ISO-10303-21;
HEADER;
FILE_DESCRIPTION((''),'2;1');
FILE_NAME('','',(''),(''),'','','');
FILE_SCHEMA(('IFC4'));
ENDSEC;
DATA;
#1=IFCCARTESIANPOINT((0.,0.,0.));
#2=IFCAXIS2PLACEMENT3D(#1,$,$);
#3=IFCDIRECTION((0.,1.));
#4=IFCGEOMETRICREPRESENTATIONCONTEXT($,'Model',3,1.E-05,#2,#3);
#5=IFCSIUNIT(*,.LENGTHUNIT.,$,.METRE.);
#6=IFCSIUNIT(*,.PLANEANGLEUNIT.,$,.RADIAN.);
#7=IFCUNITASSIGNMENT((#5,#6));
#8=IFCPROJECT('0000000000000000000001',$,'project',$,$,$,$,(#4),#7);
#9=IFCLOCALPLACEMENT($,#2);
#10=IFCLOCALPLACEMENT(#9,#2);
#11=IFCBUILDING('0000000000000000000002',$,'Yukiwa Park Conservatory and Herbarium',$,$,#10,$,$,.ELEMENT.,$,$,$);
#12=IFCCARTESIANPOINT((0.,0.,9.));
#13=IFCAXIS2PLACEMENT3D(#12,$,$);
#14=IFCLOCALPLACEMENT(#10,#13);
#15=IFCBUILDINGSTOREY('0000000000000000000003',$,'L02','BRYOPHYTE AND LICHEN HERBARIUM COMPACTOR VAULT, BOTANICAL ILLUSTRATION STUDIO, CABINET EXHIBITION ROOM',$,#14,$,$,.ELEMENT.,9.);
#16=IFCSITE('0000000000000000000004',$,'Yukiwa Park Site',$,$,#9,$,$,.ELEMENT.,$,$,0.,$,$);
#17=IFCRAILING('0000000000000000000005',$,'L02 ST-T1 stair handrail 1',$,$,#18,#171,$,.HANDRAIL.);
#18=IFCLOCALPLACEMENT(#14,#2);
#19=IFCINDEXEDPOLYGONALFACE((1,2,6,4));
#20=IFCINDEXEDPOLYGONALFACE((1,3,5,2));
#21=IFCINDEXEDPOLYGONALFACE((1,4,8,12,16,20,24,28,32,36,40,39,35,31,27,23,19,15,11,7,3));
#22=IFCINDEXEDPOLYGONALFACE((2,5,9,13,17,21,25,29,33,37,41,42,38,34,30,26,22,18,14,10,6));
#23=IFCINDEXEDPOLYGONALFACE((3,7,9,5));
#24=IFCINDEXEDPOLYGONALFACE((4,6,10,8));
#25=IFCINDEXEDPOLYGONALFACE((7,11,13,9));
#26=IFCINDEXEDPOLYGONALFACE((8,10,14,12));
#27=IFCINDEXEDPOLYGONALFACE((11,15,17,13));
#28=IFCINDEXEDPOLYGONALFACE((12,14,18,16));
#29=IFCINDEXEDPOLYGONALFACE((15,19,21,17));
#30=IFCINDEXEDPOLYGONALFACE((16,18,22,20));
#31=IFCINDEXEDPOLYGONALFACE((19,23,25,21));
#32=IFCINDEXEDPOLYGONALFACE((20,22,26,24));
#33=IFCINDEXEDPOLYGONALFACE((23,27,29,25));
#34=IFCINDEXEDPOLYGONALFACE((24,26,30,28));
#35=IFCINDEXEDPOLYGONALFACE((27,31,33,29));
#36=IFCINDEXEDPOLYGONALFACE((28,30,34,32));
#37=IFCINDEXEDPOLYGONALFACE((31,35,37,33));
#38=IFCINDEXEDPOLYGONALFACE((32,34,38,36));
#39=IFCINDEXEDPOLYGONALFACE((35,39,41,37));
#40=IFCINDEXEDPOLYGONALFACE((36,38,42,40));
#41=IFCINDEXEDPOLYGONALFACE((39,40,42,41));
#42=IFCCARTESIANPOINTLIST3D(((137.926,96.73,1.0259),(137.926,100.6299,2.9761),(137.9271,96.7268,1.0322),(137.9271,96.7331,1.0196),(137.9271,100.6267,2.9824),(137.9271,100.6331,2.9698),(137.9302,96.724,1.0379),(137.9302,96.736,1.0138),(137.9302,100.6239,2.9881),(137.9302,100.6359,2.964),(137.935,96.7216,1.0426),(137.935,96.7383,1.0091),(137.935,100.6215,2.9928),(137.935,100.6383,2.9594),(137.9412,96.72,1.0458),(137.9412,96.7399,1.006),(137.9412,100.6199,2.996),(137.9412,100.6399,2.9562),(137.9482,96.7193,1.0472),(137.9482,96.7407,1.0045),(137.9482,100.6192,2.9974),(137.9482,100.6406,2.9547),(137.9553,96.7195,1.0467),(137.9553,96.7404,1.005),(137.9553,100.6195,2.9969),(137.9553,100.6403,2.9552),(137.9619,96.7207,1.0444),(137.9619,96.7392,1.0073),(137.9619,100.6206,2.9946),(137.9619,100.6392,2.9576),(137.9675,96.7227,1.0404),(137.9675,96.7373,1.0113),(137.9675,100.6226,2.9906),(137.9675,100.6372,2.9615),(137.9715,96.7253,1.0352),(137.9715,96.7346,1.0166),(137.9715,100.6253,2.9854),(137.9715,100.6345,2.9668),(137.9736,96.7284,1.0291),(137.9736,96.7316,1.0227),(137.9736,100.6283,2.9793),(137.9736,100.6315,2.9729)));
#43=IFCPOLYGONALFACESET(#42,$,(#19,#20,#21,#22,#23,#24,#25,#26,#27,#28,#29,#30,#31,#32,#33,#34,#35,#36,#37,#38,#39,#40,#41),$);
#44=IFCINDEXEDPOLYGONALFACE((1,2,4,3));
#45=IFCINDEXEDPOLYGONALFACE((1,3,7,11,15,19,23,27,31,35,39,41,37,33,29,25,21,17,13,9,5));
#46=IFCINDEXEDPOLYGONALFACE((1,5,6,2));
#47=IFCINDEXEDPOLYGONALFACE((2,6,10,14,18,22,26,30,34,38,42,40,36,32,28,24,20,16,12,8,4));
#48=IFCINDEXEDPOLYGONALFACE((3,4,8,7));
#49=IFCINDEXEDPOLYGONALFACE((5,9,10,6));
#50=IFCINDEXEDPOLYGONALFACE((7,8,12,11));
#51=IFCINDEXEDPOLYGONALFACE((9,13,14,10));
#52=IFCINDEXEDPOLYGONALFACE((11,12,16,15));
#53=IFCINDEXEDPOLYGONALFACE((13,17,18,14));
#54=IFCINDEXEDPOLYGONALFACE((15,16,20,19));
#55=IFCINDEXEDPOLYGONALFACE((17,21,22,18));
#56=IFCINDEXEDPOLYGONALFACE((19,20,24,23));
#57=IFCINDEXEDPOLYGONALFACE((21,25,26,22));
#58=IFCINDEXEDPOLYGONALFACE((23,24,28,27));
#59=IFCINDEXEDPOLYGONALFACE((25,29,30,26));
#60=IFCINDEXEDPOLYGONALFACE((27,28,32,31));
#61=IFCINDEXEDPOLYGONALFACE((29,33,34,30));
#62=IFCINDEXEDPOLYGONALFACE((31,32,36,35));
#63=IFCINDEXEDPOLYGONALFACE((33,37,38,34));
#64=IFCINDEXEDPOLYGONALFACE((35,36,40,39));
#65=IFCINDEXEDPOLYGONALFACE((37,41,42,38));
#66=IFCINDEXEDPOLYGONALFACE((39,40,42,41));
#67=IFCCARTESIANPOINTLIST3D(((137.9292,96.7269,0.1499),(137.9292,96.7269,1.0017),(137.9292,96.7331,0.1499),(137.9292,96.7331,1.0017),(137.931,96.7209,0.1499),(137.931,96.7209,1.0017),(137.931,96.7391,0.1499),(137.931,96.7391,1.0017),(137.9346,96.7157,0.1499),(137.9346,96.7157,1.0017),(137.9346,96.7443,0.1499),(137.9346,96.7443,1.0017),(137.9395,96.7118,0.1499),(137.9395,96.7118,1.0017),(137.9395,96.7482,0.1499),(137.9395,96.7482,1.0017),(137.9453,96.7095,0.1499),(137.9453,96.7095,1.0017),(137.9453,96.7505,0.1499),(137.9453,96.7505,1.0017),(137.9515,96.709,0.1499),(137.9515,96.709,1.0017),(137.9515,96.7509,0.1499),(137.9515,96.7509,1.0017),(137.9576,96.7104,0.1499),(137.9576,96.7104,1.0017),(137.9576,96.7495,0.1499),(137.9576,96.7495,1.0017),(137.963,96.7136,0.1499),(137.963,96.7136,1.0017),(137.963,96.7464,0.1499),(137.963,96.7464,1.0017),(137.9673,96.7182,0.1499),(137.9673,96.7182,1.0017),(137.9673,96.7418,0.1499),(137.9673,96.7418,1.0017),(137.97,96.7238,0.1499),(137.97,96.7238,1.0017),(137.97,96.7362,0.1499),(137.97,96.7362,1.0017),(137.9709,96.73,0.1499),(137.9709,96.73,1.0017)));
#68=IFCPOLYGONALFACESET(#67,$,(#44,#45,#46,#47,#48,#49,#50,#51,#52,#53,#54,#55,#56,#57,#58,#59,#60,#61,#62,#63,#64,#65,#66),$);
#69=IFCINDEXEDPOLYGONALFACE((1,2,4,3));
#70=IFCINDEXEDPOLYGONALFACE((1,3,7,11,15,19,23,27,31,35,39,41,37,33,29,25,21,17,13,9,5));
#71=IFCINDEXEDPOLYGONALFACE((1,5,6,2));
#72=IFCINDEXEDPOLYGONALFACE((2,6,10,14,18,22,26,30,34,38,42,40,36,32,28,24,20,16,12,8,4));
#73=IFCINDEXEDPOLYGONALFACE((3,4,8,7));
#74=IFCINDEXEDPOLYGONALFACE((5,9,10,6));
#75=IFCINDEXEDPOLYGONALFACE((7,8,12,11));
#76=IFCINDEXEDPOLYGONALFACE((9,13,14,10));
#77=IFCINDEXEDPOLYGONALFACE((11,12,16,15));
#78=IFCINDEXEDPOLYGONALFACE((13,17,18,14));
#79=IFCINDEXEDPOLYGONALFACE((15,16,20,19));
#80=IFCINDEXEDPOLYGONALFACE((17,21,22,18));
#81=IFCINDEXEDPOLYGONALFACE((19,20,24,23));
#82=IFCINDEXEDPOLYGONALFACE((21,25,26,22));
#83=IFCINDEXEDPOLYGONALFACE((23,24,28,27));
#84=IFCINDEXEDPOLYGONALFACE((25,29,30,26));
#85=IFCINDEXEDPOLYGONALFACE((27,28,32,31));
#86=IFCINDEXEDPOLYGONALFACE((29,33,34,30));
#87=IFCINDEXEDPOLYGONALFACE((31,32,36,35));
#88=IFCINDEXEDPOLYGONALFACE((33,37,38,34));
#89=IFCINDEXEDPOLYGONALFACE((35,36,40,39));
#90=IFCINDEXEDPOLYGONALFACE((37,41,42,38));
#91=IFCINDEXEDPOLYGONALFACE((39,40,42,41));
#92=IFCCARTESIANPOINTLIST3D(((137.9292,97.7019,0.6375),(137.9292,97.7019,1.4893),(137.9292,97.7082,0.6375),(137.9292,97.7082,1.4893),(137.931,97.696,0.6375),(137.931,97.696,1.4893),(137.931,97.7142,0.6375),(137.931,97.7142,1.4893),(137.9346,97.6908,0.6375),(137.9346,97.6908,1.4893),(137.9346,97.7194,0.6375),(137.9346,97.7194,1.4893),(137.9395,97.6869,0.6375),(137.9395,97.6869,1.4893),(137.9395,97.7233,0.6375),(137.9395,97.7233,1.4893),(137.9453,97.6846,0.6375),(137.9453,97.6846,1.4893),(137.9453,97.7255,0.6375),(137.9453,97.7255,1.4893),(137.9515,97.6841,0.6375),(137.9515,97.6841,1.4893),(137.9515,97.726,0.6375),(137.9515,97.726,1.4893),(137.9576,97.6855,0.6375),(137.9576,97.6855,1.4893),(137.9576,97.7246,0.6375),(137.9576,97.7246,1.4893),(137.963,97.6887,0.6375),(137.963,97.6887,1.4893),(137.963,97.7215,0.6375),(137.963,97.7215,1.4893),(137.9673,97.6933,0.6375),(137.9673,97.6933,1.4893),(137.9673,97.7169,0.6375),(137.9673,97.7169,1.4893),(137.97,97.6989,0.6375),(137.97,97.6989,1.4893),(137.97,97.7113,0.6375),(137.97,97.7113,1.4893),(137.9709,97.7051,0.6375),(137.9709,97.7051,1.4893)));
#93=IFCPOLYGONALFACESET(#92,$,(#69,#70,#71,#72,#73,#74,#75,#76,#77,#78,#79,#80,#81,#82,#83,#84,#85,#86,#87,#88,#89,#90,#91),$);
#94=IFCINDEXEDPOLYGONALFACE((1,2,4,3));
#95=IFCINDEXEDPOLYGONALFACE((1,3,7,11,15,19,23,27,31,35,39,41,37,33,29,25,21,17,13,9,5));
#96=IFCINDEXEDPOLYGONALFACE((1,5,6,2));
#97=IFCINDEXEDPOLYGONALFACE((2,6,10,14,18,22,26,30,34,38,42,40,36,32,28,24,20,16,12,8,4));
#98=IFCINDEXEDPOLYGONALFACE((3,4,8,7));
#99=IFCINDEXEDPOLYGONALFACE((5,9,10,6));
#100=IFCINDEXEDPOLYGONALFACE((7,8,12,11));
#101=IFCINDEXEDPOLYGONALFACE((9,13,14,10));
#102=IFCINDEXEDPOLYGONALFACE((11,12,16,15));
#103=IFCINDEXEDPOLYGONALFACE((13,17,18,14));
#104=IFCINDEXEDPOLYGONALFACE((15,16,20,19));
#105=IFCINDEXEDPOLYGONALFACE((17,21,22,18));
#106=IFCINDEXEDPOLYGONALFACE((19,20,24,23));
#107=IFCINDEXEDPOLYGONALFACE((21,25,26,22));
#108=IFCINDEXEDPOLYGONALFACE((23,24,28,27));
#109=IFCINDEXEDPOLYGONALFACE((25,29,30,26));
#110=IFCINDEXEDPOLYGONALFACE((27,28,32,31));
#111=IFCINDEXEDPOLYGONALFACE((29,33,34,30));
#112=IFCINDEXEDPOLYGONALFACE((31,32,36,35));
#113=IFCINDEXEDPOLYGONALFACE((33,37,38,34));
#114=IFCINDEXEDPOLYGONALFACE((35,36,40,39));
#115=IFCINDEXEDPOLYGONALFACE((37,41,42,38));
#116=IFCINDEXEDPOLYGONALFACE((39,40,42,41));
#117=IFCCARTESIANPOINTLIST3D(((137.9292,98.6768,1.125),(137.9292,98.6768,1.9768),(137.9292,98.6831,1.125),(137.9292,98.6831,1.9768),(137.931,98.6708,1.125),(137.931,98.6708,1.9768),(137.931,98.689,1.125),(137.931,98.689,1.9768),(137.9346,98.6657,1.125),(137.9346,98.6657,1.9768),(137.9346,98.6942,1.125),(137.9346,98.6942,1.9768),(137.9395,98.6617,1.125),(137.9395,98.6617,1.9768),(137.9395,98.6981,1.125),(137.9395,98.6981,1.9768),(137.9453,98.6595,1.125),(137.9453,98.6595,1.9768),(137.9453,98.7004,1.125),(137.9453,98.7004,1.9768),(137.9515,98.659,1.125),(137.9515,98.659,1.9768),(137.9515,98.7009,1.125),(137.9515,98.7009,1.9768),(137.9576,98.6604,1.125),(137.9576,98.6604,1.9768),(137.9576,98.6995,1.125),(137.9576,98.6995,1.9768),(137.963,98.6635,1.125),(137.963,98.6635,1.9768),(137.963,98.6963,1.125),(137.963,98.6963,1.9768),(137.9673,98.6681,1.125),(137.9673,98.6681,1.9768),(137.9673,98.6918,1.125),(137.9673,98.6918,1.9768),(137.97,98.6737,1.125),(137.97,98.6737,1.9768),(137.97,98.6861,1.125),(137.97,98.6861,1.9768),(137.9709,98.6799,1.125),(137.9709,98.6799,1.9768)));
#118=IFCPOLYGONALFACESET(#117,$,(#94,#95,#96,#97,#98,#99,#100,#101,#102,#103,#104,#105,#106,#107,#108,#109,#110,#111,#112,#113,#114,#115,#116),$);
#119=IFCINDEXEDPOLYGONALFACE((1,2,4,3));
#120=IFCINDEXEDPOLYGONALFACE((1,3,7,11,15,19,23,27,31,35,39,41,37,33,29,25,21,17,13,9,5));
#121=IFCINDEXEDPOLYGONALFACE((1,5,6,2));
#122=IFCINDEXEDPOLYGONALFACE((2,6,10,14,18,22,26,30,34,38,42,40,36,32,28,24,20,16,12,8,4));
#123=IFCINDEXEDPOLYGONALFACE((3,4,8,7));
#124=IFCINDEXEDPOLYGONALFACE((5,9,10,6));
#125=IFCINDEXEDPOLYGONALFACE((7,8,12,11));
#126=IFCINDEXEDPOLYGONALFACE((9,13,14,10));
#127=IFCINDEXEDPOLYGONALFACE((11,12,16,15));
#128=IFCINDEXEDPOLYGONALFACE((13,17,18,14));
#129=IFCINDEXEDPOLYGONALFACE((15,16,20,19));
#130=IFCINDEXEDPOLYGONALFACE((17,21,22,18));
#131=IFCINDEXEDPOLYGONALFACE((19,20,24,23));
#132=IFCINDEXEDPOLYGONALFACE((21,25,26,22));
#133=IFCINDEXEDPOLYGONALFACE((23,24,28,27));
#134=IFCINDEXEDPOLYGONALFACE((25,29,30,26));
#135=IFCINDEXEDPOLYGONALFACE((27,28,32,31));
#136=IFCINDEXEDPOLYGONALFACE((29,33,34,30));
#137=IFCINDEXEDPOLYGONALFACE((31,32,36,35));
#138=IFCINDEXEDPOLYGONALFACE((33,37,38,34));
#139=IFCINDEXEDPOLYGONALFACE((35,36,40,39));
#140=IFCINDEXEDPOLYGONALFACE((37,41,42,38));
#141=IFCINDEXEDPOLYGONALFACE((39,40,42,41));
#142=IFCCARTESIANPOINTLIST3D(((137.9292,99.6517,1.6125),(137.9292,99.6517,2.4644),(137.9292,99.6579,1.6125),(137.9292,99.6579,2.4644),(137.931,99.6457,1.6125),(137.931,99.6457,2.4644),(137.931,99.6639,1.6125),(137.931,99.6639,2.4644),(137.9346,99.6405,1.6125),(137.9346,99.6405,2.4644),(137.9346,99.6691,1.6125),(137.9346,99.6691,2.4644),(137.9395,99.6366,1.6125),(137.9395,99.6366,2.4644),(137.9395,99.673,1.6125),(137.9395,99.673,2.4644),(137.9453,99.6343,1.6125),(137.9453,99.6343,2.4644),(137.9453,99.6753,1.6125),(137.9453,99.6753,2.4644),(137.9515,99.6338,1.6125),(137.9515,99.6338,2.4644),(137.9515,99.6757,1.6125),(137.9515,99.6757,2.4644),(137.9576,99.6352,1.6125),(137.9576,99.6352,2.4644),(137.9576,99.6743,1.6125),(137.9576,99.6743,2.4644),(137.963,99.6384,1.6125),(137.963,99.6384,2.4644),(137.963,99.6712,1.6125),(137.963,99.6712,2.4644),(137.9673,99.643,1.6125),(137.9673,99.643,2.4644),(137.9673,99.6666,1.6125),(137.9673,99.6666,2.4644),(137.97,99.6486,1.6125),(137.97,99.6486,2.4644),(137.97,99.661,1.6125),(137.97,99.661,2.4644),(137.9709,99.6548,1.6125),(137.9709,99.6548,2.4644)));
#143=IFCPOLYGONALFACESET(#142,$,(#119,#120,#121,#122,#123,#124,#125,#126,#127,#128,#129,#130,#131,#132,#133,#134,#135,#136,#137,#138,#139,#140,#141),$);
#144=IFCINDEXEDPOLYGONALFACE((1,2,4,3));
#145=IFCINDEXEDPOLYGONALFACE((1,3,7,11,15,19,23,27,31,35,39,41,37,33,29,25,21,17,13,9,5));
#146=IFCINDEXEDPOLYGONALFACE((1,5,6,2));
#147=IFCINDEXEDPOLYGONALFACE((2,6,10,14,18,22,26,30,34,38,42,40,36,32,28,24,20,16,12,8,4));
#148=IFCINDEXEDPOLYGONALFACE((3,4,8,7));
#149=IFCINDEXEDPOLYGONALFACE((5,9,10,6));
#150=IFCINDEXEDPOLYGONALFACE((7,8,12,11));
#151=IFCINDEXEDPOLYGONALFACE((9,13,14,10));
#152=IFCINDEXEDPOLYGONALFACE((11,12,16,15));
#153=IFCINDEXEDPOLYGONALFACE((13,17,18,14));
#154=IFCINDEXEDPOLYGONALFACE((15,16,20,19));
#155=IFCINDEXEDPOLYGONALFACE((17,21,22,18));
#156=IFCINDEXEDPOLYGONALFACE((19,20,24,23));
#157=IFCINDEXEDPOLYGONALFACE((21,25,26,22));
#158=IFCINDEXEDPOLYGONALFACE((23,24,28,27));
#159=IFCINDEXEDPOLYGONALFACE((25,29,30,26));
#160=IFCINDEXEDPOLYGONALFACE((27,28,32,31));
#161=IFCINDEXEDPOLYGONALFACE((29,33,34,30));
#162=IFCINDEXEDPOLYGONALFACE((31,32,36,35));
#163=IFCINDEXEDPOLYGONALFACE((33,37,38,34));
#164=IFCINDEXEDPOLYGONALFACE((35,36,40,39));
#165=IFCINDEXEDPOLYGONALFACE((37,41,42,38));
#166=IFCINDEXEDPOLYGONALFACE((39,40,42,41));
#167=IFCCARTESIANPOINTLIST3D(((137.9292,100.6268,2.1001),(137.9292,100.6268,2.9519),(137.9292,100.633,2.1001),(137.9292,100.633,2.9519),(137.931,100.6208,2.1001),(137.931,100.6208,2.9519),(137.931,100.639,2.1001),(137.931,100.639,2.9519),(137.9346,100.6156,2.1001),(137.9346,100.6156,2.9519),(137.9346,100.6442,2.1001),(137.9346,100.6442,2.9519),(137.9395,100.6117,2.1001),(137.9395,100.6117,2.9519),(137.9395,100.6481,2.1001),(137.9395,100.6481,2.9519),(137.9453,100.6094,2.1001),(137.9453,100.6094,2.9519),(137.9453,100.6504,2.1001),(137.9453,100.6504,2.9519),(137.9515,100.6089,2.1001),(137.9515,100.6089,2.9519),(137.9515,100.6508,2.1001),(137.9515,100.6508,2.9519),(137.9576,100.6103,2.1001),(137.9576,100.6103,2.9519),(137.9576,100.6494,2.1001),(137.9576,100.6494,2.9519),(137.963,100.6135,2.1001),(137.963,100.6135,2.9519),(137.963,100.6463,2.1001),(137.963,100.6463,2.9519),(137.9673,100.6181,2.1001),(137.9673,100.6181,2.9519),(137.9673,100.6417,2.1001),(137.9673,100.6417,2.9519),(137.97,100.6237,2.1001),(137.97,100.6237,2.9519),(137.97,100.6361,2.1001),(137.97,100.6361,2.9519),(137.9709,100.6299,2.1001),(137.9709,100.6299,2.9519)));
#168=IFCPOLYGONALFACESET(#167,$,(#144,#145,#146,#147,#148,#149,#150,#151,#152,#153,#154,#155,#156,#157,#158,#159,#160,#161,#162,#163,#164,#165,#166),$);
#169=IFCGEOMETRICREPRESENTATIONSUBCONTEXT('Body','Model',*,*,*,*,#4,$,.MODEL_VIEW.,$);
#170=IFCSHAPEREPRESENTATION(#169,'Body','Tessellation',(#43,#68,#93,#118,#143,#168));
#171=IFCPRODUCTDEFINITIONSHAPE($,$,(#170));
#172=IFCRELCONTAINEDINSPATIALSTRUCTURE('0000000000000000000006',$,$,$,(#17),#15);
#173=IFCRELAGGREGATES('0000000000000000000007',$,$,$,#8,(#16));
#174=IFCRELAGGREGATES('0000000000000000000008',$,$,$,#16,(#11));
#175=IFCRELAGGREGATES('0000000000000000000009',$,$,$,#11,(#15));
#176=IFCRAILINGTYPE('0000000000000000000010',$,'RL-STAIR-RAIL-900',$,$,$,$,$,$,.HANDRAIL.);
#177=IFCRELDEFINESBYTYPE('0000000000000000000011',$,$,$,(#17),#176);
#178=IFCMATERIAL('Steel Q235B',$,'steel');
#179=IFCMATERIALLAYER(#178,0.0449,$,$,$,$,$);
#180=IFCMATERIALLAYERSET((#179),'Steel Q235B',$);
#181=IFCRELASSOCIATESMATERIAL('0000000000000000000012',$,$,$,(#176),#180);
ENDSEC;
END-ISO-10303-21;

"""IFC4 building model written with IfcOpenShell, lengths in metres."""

from ifc_helpers import new_model, si_unit, direction, frame, origin, origin_2d, place, context, subcontext, project, spatial, circle, extrude, material, layer, layer_set, type_object, element, save


model = new_model("IFC4")

# Units and contexts
model_context = context("Model", 3, precision=1e-05, world=origin(), true_north=direction((0.0, 1.0)))
body_context = subcontext(model_context, "Body", "Model", "MODEL_VIEW")
ifc_project = project(units=[si_unit("LENGTHUNIT", "METRE"), si_unit("PLANEANGLEUNIT", "RADIAN")], contexts=[model_context])

# Site, building, storey
site_placement = place(None, origin())
site = spatial("IfcSite", under=ifc_project, at=site_placement, Name="Yukiwa Park Site", CompositionType="ELEMENT", RefElevation=0.0)
building_placement = place(site_placement, origin())
building = spatial("IfcBuilding", under=site, at=building_placement, Name="Yukiwa Park Conservatory and Herbarium", CompositionType="ELEMENT")
storey_placement = place(building_placement, frame((0.0, 0.0, 9.0)))
storey = spatial("IfcBuildingStorey", under=building, at=storey_placement, Name="L02", Description="BRYOPHYTE AND LICHEN HERBARIUM COMPACTOR VAULT, BOTANICAL ILLUSTRATION STUDIO, CABINET EXHIBITION ROOM", CompositionType="ELEMENT", Elevation=9.0)

# Railing
ifc_material_1 = material(Name="Steel Q235B", Category="steel")
ifc_layer_1 = layer(ifc_material_1, 0.0449)
ifc_layer_set_1 = layer_set([ifc_layer_1], Name="Steel Q235B")
railing_type_1 = type_object("IfcRailingType", Name="RL-STAIR-RAIL-900", PredefinedType="HANDRAIL", material=ifc_layer_set_1)
railing_1_placement = place(storey_placement, frame((137.95, 96.73, 0.1499)))
element("IfcRailing", 1, at=railing_1_placement, inside=storey, type_object=railing_type_1, Name="L02 ST-T1 stair handrail 1", PredefinedType="HANDRAIL", context=body_context, shape_type="SweptSolid", body=[
    extrude(circle(Radius=0.0239, at=origin_2d()), frame((0.0, 0.0, 0.876), z_axis=(0.0, 0.894405, 0.447258), x_axis=(-1.0, 0.0, 0.0)), (0.0, 0.0, 1.0), 4.3604),
    extrude(circle(Radius=0.021, at=origin_2d()), origin(), (0.0, 0.0, 1.0), 0.8518),
    extrude(circle(Radius=0.021, at=origin_2d()), frame((0.0, 0.9751, 0.4875)), (0.0, 0.0, 1.0), 0.8518),
    extrude(circle(Radius=0.021, at=origin_2d()), frame((0.0, 1.95, 0.9751)), (0.0, 0.0, 1.0), 0.8518),
    extrude(circle(Radius=0.021, at=origin_2d()), frame((0.0, 2.9248, 1.4626)), (0.0, 0.0, 1.0), 0.8518),
    extrude(circle(Radius=0.021, at=origin_2d()), frame((0.0, 3.8999, 1.9502)), (0.0, 0.0, 1.0), 0.8518),
])

save(model, "model.ifc")
